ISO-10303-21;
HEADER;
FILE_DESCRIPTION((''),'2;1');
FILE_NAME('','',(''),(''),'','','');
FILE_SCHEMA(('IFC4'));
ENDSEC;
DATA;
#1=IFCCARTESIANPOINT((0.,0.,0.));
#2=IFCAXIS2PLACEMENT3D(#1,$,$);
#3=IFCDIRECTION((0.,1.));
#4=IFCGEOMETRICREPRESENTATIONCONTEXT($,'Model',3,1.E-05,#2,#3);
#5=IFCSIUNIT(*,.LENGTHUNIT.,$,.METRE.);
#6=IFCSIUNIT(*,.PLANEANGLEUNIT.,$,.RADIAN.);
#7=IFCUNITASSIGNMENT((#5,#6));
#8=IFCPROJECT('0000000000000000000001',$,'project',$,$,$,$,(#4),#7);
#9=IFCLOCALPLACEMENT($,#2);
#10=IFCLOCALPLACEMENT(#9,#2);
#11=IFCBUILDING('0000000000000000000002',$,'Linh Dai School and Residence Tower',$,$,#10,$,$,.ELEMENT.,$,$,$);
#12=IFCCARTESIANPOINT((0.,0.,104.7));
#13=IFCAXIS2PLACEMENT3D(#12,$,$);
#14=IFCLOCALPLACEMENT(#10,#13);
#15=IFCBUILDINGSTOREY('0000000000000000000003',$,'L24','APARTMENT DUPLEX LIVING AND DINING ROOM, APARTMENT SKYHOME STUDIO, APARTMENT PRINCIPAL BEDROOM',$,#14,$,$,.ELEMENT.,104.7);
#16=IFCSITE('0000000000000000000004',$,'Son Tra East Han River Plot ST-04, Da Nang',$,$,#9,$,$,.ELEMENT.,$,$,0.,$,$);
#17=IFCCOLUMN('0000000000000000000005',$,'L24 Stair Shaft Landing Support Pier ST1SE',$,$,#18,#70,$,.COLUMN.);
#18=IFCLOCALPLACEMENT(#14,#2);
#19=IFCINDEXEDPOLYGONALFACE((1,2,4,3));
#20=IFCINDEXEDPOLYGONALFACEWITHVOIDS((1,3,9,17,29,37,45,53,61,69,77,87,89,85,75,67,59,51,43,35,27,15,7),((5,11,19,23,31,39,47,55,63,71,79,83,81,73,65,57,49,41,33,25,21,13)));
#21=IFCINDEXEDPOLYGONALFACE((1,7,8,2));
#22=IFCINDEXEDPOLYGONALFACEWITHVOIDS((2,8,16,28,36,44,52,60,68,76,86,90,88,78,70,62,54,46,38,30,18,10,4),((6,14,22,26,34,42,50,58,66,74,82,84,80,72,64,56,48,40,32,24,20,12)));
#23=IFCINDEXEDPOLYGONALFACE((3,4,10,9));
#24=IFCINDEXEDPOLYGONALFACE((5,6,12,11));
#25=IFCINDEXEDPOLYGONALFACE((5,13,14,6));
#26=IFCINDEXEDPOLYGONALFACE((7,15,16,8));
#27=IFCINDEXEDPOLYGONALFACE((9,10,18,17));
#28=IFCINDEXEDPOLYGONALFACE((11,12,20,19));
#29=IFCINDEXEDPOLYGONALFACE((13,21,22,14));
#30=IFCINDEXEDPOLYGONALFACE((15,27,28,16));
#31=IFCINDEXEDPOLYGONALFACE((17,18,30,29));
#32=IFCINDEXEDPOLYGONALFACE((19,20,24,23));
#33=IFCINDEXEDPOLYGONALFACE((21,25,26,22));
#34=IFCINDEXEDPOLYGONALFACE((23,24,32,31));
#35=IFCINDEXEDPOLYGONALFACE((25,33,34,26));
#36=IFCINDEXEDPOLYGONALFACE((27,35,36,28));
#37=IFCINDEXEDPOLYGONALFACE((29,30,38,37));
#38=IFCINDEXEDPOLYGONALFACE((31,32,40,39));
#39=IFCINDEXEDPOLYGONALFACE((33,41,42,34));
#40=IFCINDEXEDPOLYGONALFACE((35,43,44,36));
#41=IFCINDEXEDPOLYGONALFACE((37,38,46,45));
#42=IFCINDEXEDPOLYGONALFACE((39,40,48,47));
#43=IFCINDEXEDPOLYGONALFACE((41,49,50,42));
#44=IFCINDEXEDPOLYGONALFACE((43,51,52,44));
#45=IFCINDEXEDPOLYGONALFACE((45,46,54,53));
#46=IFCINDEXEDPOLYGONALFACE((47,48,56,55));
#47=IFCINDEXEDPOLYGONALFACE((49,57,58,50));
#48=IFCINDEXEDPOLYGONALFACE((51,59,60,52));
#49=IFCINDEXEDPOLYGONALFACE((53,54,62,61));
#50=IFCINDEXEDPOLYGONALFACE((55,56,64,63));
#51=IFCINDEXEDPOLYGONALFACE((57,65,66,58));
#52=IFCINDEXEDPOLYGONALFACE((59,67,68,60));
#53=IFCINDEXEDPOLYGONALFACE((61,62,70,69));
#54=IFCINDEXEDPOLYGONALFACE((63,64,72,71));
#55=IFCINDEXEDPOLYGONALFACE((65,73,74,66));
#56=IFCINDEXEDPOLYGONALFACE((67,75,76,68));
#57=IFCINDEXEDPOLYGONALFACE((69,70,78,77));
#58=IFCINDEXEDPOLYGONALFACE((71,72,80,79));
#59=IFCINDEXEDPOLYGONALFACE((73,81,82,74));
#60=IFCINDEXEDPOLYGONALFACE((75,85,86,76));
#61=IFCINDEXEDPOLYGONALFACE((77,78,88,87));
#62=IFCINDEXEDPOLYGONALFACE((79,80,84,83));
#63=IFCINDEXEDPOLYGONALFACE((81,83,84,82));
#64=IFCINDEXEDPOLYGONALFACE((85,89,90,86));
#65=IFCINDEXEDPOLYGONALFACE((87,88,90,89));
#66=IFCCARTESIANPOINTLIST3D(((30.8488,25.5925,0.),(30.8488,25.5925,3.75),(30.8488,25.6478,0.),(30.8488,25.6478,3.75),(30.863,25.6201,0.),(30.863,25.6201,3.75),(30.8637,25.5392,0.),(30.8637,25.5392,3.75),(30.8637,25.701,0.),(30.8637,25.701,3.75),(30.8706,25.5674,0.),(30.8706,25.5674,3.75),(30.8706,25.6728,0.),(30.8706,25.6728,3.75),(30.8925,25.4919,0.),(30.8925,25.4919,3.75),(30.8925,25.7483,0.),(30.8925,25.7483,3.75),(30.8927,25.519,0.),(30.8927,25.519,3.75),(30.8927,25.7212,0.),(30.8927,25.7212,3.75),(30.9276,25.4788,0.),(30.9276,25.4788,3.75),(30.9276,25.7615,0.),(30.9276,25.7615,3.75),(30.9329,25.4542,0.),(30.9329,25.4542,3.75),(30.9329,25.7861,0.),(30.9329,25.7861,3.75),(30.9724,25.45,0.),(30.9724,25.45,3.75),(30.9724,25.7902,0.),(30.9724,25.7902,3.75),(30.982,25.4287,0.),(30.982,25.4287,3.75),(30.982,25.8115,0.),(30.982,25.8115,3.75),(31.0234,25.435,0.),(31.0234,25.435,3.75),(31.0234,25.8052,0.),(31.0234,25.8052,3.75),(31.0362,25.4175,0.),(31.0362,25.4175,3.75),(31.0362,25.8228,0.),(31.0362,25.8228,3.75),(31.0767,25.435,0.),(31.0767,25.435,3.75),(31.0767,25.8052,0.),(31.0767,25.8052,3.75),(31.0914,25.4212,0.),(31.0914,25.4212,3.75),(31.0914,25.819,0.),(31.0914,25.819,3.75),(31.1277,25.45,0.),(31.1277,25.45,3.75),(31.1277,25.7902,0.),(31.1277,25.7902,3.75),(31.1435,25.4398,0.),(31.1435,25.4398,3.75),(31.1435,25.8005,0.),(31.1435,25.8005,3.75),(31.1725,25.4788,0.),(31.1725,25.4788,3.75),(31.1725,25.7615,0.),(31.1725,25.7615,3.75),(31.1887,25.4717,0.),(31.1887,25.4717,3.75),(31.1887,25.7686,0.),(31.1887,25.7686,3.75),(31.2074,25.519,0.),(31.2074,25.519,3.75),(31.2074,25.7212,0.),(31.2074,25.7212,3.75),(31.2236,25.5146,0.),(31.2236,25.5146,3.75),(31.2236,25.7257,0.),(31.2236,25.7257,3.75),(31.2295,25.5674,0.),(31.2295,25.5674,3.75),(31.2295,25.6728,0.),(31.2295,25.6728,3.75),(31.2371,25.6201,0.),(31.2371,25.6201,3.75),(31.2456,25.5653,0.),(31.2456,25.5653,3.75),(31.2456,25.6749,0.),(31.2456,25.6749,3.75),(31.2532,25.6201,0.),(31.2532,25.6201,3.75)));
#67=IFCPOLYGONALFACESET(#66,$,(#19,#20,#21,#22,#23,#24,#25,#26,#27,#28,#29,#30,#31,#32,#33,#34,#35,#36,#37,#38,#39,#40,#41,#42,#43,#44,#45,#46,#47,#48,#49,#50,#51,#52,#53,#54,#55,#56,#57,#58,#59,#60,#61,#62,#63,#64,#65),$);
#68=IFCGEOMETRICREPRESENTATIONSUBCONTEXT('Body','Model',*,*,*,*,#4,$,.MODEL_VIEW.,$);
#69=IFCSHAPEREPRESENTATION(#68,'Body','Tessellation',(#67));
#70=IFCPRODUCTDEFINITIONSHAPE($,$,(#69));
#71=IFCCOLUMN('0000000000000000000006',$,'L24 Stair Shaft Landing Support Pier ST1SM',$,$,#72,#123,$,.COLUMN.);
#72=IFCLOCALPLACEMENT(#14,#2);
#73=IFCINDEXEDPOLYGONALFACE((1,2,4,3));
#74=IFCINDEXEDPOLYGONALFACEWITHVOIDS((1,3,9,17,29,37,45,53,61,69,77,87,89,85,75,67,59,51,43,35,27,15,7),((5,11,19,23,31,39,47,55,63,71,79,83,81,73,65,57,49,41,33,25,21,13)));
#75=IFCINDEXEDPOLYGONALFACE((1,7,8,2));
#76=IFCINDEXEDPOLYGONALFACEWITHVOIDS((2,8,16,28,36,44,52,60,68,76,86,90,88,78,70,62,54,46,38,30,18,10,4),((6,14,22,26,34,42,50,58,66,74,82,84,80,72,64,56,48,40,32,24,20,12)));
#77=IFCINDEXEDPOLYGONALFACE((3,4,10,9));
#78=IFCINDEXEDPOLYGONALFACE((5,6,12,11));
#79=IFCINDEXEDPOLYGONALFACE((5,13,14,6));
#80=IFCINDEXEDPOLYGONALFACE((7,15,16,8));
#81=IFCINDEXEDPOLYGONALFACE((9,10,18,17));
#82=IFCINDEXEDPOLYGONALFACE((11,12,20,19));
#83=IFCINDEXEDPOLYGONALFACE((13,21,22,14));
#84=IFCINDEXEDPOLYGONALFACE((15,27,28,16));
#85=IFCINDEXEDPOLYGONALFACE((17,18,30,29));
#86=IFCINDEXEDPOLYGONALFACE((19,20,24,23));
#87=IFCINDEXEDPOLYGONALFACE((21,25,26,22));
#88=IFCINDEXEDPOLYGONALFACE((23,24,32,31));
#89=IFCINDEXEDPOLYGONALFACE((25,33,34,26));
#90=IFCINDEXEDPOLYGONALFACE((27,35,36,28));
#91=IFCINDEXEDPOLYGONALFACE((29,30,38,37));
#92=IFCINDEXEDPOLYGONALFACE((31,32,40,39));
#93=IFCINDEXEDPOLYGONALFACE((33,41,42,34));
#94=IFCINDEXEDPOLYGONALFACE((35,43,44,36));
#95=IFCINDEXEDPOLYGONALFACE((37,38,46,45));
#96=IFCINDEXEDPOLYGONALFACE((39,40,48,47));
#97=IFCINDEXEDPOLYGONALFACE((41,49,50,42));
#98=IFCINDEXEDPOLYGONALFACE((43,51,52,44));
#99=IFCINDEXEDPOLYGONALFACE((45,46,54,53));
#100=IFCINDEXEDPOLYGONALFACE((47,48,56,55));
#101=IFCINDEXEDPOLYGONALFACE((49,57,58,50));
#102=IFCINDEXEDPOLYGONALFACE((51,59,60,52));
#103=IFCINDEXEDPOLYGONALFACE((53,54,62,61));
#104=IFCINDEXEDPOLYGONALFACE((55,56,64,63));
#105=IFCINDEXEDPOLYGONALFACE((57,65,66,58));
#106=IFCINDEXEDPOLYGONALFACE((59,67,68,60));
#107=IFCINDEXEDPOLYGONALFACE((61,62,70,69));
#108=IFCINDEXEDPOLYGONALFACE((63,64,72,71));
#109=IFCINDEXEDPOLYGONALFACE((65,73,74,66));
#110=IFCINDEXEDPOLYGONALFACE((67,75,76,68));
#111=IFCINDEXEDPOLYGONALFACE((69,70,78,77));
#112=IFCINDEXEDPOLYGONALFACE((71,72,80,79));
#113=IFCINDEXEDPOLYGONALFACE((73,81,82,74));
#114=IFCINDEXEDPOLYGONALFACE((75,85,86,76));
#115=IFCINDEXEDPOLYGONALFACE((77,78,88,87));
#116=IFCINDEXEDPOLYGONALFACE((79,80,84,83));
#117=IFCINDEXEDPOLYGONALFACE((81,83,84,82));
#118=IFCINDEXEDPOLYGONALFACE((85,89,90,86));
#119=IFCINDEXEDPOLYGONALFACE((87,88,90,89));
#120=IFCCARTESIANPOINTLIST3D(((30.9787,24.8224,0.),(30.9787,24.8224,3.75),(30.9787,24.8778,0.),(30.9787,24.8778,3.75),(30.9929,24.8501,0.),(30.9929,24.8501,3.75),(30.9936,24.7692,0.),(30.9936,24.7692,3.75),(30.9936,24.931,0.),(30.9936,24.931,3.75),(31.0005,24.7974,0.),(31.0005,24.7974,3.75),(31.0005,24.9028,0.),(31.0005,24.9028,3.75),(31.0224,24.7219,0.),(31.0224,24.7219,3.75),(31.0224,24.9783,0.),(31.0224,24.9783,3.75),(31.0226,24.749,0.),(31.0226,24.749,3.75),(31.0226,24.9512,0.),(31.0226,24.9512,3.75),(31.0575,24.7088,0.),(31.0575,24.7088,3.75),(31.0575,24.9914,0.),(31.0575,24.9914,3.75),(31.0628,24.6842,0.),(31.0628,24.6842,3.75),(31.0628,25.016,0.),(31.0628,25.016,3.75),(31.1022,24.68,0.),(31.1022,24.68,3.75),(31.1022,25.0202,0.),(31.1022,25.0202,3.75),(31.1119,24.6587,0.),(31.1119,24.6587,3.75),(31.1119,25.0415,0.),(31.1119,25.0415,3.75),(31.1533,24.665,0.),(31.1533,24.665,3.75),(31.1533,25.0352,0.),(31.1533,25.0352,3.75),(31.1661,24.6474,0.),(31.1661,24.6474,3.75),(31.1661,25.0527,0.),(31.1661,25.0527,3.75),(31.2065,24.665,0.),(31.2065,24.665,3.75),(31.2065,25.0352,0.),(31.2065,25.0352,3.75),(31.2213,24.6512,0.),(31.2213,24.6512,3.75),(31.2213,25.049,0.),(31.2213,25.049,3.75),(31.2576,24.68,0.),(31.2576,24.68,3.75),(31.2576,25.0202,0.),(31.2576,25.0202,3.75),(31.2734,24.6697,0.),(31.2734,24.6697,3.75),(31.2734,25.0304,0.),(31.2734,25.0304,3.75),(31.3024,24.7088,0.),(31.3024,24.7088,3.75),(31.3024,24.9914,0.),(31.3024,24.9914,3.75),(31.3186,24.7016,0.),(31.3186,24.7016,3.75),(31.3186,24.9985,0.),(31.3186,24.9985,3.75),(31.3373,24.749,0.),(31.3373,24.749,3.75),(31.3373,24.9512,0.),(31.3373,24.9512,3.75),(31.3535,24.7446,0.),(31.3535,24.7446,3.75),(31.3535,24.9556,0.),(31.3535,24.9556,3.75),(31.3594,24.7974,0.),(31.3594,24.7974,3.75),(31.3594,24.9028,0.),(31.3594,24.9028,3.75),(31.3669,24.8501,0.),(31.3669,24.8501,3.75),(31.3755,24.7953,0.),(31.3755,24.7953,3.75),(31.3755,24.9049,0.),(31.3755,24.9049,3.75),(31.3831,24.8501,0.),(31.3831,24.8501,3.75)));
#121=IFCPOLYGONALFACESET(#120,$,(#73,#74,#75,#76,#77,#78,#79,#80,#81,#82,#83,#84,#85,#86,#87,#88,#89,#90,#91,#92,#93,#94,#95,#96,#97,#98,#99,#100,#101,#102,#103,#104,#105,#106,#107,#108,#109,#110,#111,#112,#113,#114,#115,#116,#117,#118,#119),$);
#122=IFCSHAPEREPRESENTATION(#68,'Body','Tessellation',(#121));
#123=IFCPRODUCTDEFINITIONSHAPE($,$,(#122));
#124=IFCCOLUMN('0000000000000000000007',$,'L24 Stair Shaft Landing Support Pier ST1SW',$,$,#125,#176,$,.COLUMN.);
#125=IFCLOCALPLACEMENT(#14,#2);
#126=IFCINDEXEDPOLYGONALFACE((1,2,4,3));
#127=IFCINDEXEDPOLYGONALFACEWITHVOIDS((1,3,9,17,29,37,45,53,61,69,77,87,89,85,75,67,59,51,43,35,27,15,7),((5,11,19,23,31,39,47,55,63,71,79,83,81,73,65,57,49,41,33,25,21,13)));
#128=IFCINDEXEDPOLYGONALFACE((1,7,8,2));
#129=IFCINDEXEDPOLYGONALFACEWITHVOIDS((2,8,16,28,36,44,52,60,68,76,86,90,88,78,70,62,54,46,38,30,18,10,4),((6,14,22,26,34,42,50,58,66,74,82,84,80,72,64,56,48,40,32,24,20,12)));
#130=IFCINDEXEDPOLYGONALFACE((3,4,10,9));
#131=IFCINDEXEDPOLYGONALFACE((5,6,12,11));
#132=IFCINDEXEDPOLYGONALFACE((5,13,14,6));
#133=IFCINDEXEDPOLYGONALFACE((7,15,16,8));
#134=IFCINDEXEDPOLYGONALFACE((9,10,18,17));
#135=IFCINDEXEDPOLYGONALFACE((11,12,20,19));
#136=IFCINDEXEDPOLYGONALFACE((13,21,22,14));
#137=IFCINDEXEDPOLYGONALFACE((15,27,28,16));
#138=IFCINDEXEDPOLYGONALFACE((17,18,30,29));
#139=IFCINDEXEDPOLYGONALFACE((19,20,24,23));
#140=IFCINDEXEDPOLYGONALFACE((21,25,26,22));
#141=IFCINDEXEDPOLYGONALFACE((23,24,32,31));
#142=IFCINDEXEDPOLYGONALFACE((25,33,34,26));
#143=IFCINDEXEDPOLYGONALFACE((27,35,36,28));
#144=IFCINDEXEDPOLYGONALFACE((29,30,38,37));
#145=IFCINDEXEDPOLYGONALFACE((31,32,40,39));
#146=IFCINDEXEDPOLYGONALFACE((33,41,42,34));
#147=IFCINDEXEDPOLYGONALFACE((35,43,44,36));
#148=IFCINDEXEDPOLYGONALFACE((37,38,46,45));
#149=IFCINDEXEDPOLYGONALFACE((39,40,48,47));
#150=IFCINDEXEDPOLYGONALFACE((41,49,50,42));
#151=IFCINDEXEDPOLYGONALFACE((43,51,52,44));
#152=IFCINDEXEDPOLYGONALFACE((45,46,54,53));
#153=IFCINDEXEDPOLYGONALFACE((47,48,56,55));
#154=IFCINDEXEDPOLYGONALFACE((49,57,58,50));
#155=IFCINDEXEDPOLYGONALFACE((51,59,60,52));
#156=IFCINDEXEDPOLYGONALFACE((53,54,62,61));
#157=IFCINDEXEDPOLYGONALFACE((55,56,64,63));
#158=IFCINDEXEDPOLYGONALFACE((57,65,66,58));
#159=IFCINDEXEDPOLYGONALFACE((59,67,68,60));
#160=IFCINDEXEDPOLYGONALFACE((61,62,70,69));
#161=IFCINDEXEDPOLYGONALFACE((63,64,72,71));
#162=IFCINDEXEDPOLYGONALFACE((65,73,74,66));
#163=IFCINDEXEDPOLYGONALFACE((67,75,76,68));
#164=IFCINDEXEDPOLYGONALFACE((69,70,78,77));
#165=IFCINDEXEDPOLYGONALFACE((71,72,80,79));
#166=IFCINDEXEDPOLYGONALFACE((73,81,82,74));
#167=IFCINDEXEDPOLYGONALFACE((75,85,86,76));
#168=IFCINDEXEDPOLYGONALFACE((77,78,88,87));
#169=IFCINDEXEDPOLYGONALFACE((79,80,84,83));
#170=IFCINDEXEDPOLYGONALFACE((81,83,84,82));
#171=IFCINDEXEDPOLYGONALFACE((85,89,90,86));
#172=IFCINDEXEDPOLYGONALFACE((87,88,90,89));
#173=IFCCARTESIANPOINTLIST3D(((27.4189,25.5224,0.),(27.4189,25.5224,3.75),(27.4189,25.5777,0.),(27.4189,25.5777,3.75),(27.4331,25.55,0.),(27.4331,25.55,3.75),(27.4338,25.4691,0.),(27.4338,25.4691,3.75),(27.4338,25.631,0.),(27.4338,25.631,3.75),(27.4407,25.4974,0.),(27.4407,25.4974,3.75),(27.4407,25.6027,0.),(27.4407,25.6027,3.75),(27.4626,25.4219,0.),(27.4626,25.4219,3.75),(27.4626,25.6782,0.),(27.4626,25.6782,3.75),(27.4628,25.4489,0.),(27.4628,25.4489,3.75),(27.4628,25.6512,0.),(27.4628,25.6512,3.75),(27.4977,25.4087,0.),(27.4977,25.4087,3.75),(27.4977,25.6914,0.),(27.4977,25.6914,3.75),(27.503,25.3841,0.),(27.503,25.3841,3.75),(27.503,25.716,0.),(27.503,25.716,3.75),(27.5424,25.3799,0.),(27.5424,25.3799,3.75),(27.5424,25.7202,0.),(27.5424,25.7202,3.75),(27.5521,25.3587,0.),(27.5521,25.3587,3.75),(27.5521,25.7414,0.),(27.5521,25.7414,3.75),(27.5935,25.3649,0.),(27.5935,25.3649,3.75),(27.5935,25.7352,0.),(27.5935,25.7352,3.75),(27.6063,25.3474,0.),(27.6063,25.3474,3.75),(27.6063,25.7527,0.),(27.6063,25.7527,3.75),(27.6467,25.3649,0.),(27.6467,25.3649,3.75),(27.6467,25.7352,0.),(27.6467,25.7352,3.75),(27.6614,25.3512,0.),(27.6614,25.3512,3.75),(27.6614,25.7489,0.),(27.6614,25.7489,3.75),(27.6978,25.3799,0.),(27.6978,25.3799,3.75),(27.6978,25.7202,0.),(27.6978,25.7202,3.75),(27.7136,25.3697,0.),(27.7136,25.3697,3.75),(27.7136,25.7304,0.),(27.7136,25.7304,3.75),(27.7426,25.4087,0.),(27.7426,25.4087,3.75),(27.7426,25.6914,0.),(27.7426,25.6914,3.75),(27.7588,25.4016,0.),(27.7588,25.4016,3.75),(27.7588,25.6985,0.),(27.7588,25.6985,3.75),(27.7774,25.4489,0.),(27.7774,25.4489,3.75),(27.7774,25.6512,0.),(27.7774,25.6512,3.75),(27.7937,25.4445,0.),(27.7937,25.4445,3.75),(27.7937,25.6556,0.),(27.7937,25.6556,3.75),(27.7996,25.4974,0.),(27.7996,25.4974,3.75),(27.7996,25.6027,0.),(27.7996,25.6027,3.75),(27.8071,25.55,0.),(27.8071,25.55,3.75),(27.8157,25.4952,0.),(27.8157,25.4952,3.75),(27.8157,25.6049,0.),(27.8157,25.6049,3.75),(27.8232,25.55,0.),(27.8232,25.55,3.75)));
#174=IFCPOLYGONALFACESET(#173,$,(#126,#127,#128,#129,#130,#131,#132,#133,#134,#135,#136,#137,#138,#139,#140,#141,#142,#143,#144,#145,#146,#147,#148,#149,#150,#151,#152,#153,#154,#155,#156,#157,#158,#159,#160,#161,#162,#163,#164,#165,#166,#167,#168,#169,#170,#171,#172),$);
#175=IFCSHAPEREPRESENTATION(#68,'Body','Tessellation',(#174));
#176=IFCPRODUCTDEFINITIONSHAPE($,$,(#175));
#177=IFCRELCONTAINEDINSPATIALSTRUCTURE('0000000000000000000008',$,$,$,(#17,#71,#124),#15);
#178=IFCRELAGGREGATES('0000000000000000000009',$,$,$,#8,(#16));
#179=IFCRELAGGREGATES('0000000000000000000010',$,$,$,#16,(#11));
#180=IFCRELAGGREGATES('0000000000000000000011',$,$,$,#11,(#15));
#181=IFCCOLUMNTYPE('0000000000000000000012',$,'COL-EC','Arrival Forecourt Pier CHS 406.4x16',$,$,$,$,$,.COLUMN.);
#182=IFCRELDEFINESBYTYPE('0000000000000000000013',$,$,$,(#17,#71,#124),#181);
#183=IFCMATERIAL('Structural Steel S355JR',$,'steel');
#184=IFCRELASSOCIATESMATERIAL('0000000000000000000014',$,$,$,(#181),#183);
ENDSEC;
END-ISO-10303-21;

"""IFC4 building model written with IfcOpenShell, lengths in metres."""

from ifc_helpers import new_model, si_unit, direction, frame, origin, origin_2d, place, context, subcontext, project, spatial, hollow_circle, extrude, material, material_profile, profile_set, type_object, element, save


model = new_model("IFC4")

# Units and contexts
model_context = context("Model", 3, precision=1e-05, world=origin(), true_north=direction((0.0, 1.0)))
body_context = subcontext(model_context, "Body", "Model", "MODEL_VIEW")
ifc_project = project(units=[si_unit("LENGTHUNIT", "METRE"), si_unit("PLANEANGLEUNIT", "RADIAN")], contexts=[model_context])

# Site, building, storey
site_placement = place(None, origin())
site = spatial("IfcSite", under=ifc_project, at=site_placement, Name="Son Tra East Han River Plot ST-04, Da Nang", CompositionType="ELEMENT", RefElevation=0.0)
building_placement = place(site_placement, origin())
building = spatial("IfcBuilding", under=site, at=building_placement, Name="Linh Dai School and Residence Tower", CompositionType="ELEMENT")
storey_placement = place(building_placement, frame((0.0, 0.0, 104.7)))
storey = spatial("IfcBuildingStorey", under=building, at=storey_placement, Name="L24", Description="APARTMENT DUPLEX LIVING AND DINING ROOM, APARTMENT SKYHOME STUDIO, APARTMENT PRINCIPAL BEDROOM", CompositionType="ELEMENT", Elevation=104.7)

# Columns
ifc_material_1 = material(Name="Structural Steel S355JR", Category="steel")
ifc_material_profile_1 = material_profile(ifc_material_1, hollow_circle(Radius=0.2031, WallThickness=0.0161, at=origin_2d()), Name="CHS 406.4x16")
ifc_profile_set_1 = profile_set([ifc_material_profile_1], Name="Structural Steel S355JR")
column_type = type_object("IfcColumnType", Name="COL-EC", Description="Arrival Forecourt Pier CHS 406.4x16", PredefinedType="COLUMN", material=ifc_profile_set_1)
for number, where, z_axis, x_axis, name in (
    (1, (31.05, 25.6201, 0.0), (0.0, 0.0, 1.0), (1.0, 0.0, 0.0), "L24 Stair Shaft Landing Support Pier ST1SE"),
    (2, (31.1799, 24.8501, 0.0), (0.0, 0.0, 1.0), (1.0, 0.0, 0.0), "L24 Stair Shaft Landing Support Pier ST1SM"),
    (3, (27.6201, 25.55, 0.0), (0.0, 0.0, 1.0), (1.0, 0.0, 0.0), "L24 Stair Shaft Landing Support Pier ST1SW"),
):
    element("IfcColumn", number, at=place(storey_placement, frame(where, z_axis=z_axis, x_axis=x_axis)), inside=storey, type_object=column_type, Name=name, PredefinedType="COLUMN", context=body_context, shape_type="SweptSolid", body=[
        extrude(hollow_circle(Radius=0.2031, WallThickness=0.0161, at=origin_2d()), origin(), (0.0, 0.0, 1.0), 3.75),
    ])

save(model, "model.ifc")
